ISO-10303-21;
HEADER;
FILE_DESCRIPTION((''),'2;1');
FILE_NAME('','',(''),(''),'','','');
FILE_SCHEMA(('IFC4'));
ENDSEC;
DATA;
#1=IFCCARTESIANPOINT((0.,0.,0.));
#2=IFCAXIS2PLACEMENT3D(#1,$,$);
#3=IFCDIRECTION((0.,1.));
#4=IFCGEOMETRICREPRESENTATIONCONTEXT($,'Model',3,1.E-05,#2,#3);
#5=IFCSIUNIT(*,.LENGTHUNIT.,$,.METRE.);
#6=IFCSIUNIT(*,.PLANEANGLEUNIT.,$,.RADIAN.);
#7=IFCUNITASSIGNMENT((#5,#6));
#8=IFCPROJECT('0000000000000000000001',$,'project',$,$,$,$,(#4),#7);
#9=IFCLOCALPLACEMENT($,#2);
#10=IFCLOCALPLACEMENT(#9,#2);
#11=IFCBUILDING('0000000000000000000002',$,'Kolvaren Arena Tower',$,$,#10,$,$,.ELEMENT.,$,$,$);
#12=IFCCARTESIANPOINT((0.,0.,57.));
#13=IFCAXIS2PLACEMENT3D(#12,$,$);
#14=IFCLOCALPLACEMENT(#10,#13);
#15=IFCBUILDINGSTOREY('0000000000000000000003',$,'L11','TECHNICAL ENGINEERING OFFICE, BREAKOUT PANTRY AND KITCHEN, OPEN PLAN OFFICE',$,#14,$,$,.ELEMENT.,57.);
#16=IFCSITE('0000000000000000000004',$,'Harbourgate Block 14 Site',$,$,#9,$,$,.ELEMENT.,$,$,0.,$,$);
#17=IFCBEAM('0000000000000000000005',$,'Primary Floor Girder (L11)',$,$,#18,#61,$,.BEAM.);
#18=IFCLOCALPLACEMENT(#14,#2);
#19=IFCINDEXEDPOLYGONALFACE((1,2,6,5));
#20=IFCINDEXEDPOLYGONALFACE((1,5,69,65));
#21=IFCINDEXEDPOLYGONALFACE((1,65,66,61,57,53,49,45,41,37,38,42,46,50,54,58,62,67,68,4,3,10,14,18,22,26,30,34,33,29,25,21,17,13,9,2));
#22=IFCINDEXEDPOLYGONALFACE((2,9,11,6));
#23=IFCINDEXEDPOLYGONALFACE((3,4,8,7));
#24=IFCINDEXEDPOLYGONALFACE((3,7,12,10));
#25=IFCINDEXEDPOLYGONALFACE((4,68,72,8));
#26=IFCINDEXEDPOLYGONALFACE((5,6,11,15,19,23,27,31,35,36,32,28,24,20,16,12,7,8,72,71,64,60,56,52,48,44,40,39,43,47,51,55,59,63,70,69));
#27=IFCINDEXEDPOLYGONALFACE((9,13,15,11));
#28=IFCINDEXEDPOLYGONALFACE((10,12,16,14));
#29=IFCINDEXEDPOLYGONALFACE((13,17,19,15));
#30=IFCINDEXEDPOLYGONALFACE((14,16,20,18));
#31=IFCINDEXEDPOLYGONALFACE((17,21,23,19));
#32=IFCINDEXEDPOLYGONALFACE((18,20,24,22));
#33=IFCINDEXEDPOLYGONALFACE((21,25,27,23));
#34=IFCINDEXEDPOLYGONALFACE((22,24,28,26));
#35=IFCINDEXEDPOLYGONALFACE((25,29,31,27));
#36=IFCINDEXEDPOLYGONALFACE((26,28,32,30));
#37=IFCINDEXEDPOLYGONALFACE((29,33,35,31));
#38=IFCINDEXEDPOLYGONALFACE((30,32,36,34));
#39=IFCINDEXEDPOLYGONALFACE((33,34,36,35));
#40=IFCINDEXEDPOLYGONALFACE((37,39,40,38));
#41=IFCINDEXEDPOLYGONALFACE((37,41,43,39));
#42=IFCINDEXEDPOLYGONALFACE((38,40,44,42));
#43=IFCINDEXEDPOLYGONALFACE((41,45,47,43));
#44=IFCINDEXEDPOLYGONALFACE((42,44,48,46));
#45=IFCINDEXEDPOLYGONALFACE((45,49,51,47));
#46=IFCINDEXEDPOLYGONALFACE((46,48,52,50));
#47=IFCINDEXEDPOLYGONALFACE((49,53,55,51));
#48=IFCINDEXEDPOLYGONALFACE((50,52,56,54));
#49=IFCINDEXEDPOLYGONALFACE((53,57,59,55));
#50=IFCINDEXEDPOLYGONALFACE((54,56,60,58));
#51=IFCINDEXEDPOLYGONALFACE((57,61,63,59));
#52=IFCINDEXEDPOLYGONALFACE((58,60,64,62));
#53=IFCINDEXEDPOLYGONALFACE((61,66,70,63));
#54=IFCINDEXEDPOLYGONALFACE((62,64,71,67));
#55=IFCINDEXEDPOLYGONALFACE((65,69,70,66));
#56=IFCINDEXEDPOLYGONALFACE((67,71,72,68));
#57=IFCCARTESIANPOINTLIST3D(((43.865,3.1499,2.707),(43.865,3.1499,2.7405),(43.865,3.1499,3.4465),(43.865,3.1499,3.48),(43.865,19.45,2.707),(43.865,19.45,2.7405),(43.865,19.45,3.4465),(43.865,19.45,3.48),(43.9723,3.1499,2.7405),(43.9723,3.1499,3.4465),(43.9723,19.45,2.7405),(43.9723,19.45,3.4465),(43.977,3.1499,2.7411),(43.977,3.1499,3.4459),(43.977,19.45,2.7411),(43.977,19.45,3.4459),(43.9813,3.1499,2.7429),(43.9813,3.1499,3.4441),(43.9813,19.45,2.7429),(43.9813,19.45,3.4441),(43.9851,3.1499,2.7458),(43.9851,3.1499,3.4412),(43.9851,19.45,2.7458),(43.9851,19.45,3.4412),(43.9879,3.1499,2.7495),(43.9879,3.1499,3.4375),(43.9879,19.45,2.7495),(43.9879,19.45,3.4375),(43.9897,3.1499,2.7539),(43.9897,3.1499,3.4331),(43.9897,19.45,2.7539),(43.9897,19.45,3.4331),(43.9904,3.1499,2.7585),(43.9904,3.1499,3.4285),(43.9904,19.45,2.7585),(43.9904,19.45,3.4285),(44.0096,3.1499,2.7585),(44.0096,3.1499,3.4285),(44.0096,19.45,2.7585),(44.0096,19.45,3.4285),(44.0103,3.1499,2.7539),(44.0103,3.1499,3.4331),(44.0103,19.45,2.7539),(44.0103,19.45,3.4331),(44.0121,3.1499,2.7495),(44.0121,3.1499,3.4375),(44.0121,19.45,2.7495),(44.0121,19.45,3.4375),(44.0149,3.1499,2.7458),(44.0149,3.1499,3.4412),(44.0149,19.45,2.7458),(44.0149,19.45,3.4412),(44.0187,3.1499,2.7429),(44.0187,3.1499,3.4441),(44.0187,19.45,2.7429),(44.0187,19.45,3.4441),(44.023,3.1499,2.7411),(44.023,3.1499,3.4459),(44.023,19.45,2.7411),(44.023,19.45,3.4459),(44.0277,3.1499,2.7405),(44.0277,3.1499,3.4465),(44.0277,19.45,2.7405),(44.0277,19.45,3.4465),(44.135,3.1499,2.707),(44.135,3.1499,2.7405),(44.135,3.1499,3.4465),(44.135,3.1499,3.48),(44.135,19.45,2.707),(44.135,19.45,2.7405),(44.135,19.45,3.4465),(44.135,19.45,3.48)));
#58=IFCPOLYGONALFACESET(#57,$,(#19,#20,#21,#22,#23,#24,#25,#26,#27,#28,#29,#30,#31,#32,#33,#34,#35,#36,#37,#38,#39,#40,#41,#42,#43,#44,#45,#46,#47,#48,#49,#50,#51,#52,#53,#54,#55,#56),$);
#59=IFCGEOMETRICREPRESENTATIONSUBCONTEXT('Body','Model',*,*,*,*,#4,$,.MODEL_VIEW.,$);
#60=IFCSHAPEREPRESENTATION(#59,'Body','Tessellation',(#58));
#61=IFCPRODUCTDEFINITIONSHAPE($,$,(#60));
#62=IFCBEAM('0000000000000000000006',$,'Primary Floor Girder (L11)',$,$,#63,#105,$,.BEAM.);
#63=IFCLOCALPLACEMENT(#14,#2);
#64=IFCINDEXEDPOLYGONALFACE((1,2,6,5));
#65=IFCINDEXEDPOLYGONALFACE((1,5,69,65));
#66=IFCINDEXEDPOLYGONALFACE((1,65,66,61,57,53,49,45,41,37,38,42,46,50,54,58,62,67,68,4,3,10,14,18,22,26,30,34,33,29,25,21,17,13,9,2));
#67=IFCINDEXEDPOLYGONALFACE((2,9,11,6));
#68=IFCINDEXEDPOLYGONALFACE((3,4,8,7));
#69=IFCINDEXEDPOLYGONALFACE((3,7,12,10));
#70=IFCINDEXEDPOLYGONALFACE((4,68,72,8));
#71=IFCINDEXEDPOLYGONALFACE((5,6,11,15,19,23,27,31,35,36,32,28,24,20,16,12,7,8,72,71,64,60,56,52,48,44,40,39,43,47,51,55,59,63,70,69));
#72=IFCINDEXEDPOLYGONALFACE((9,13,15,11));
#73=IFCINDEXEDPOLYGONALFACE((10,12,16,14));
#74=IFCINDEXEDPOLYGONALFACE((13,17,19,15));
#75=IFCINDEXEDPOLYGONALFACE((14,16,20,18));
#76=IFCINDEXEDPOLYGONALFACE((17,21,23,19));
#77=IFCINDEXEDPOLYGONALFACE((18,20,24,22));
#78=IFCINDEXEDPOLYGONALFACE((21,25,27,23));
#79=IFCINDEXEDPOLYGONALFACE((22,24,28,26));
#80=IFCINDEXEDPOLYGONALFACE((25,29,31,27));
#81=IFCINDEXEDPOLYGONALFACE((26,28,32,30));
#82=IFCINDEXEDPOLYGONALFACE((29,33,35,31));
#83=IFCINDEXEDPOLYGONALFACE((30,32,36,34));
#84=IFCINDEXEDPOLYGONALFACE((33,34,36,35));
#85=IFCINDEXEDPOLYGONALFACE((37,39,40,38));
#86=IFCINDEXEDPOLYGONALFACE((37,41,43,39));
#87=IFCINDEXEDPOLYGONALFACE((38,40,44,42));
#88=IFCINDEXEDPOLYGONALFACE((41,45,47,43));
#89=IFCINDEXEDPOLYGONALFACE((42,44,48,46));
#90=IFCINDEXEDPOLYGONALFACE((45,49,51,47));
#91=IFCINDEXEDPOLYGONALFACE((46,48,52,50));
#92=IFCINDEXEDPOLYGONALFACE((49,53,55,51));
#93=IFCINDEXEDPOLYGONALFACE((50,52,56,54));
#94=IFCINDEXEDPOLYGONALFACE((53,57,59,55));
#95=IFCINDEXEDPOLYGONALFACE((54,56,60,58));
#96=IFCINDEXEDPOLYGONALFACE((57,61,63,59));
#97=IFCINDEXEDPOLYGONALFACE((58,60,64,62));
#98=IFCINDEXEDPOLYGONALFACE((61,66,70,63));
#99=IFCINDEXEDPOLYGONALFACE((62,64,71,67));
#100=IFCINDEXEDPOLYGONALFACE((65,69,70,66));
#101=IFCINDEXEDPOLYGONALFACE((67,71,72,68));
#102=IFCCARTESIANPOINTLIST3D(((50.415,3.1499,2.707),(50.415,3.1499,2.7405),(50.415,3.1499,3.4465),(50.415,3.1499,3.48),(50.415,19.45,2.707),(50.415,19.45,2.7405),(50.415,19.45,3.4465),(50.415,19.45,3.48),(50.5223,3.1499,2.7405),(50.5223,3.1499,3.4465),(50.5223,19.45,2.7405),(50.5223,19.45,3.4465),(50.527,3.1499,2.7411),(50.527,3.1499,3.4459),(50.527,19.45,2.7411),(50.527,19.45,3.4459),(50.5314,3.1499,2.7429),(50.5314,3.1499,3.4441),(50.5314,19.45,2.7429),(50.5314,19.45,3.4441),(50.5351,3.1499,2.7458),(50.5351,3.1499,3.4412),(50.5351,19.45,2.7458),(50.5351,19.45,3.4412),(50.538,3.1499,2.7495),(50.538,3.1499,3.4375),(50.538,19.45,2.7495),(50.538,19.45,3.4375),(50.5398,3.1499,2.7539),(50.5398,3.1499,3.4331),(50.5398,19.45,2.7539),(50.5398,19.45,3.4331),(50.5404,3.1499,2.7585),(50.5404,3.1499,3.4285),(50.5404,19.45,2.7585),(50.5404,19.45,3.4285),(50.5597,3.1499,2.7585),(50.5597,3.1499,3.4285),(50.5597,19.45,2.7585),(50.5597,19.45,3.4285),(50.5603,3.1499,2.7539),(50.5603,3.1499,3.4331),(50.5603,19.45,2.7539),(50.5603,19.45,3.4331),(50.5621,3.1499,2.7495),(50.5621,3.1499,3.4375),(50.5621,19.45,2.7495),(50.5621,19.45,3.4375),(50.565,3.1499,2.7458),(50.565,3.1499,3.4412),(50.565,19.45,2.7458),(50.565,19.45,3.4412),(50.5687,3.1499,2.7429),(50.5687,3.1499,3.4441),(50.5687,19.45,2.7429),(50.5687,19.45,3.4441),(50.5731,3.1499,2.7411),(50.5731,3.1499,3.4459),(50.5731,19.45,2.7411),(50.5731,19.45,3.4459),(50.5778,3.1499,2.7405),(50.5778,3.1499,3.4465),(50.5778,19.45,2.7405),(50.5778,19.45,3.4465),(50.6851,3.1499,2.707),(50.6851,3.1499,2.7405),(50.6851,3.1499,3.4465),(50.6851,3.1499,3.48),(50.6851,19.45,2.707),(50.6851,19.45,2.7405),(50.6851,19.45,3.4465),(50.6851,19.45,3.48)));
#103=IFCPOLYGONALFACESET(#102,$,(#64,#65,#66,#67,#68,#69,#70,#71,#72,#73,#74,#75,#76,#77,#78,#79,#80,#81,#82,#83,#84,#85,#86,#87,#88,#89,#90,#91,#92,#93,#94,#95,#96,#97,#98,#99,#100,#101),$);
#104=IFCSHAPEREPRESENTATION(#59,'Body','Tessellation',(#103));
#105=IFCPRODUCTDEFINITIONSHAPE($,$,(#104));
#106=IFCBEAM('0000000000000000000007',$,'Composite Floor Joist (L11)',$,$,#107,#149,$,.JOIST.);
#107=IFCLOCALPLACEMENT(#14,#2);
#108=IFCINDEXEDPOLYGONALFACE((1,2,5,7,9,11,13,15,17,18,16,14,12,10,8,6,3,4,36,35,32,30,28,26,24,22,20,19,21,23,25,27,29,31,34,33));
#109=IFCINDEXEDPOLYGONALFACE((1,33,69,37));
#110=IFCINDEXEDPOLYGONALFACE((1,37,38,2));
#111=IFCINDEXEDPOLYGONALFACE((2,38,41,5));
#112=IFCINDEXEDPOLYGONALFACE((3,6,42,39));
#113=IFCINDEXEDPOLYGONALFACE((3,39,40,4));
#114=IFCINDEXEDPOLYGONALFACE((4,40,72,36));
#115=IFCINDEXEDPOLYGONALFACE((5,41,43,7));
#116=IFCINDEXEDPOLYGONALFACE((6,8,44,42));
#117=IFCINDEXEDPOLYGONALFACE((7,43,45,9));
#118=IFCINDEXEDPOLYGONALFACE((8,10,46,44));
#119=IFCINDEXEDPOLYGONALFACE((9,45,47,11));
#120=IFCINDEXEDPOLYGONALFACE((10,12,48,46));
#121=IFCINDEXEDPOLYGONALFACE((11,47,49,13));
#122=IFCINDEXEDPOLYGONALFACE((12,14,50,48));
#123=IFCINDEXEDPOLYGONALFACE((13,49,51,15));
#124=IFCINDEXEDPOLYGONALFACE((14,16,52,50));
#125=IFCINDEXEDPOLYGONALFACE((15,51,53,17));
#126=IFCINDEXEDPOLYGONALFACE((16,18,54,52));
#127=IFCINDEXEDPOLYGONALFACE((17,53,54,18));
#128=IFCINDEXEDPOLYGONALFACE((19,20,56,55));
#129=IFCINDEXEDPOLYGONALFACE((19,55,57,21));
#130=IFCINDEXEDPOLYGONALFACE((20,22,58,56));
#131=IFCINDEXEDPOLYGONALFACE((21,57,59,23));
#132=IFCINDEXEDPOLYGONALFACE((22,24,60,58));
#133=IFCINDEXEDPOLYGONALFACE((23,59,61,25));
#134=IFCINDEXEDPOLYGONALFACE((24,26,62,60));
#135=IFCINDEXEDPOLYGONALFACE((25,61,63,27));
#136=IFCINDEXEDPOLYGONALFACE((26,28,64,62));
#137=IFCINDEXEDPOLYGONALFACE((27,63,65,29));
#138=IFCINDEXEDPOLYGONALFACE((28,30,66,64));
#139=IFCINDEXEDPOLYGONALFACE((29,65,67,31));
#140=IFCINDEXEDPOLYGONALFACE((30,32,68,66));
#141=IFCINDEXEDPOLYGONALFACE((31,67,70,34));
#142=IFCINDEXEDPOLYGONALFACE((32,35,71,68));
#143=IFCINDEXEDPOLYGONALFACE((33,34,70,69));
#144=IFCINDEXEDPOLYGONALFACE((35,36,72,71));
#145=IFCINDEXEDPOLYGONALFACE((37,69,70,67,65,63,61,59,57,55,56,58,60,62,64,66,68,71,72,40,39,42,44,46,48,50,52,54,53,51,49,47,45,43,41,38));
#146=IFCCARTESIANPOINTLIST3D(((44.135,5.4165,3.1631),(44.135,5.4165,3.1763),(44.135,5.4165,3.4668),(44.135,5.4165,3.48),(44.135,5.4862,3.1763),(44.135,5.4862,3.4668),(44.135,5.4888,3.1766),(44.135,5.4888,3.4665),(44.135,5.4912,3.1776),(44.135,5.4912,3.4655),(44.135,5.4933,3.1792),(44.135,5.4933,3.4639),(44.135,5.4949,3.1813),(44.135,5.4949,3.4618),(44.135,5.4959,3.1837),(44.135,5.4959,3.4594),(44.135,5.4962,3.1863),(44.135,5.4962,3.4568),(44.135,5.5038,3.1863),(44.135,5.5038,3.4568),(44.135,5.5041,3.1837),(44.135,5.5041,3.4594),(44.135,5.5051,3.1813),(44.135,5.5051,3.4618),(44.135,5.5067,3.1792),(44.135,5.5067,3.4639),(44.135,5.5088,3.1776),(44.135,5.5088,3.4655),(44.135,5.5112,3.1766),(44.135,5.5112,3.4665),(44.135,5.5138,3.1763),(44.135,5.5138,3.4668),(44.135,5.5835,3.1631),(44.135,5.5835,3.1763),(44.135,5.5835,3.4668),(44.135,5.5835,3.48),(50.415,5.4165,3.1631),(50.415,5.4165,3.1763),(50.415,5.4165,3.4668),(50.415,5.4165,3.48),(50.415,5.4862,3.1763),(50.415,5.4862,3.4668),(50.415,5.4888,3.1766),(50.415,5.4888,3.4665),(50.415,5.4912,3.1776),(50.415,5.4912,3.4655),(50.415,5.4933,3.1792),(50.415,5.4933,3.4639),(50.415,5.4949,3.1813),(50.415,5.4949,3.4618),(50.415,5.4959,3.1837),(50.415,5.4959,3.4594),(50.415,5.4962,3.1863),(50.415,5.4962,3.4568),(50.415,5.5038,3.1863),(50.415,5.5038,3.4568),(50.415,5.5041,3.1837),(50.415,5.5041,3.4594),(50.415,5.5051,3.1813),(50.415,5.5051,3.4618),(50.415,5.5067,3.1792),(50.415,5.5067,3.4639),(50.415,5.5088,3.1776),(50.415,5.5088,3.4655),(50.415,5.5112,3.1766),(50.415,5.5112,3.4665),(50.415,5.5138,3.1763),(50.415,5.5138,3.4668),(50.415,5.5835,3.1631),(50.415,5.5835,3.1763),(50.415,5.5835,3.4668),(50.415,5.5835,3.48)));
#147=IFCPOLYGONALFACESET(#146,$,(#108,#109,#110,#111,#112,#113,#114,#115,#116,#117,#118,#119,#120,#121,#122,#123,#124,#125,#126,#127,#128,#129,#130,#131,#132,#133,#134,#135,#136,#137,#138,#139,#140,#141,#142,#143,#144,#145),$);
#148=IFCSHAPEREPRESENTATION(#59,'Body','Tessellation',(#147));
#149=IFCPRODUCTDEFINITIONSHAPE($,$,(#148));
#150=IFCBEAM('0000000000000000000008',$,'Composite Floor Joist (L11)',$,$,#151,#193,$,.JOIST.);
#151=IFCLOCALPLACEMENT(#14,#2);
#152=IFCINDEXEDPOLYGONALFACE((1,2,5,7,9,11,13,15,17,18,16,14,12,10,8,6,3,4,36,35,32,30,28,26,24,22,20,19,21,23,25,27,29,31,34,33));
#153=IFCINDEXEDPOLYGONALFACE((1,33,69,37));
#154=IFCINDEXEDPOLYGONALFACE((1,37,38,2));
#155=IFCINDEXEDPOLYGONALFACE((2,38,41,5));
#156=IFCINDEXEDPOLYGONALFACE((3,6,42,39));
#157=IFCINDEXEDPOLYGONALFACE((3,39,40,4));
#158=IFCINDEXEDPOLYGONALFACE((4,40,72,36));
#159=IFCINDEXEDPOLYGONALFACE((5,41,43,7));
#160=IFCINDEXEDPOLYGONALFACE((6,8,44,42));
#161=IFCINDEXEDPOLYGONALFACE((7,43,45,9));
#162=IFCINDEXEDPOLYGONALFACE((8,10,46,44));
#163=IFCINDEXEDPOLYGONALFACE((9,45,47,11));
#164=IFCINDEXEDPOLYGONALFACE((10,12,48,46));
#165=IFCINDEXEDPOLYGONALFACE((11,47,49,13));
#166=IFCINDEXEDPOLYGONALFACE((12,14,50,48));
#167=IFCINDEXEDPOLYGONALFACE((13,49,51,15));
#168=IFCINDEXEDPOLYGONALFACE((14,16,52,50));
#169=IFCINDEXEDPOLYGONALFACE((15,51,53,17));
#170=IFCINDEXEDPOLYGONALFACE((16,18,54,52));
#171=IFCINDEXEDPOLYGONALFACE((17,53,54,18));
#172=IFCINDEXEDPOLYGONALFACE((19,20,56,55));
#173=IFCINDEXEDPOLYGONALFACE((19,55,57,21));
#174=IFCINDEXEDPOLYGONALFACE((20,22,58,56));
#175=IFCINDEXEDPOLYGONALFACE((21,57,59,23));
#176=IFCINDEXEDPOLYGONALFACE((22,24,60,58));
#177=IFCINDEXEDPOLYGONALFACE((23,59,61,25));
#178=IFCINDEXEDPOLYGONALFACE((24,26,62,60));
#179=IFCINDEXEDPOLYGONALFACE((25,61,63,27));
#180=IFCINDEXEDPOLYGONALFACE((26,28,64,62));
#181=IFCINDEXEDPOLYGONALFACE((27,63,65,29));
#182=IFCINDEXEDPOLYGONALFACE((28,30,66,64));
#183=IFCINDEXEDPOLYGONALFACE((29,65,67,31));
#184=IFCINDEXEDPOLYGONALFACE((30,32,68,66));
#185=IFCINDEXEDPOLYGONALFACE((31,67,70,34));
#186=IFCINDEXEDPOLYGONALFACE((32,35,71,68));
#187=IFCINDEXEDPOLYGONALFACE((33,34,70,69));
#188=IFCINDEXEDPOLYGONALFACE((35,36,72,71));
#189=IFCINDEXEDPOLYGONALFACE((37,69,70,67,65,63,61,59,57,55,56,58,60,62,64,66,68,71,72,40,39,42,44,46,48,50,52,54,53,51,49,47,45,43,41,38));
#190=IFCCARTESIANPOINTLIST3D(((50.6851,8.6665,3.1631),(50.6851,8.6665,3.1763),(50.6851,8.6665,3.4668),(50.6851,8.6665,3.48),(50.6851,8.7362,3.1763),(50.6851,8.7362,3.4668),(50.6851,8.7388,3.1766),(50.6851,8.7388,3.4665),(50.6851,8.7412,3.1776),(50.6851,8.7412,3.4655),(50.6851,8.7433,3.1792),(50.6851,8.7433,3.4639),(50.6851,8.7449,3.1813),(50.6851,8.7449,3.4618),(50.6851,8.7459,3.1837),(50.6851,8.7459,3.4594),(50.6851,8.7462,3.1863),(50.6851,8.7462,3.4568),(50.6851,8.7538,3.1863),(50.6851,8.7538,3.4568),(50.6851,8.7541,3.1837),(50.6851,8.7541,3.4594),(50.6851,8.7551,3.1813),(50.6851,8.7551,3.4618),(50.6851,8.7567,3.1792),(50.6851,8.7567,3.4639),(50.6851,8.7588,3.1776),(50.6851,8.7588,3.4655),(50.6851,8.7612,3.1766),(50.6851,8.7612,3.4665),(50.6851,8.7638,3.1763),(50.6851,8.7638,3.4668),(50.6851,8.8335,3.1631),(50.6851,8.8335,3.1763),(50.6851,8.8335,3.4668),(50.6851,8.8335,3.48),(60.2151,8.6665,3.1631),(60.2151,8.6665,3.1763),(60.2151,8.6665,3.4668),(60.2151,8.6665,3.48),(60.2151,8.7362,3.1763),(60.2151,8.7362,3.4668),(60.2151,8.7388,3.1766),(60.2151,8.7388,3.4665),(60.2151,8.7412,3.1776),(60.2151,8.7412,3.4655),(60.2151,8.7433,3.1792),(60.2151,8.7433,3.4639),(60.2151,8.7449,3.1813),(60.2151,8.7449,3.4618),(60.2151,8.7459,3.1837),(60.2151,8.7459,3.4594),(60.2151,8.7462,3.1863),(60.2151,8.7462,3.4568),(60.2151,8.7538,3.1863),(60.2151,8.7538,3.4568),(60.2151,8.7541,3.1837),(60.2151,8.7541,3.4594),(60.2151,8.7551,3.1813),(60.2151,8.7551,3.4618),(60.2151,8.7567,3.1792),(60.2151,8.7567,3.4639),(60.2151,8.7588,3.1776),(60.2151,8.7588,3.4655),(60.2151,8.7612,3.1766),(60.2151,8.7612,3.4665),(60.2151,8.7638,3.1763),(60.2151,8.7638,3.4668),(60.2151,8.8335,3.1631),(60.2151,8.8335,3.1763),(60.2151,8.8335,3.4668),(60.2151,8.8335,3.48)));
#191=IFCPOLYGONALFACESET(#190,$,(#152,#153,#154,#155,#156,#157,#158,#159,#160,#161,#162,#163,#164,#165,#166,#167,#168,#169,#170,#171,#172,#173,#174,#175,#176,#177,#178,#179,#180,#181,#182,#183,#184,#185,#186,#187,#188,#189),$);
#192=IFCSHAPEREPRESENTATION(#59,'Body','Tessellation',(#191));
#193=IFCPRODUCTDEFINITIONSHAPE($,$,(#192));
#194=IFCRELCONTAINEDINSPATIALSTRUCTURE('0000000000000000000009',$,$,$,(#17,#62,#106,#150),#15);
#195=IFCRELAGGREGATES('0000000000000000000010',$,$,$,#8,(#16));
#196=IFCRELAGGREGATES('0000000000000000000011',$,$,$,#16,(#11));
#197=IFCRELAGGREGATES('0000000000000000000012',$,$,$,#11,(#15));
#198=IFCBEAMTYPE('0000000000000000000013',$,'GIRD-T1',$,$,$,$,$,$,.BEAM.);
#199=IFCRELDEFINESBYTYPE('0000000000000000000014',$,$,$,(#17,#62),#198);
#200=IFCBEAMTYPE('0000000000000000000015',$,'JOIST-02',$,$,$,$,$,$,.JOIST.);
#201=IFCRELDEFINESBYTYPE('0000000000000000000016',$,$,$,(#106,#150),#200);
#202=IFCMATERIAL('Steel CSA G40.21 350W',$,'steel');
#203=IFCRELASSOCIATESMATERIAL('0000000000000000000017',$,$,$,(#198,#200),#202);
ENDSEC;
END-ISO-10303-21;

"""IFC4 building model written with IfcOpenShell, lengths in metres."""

from ifc_helpers import new_model, si_unit, direction, frame, origin, origin_2d, place, context, subcontext, project, spatial, i_section, extrude, material, material_profile, profile_set, type_object, element, save


model = new_model("IFC4")

# Units and contexts
model_context = context("Model", 3, precision=1e-05, world=origin(), true_north=direction((0.0, 1.0)))
body_context = subcontext(model_context, "Body", "Model", "MODEL_VIEW")
ifc_project = project(units=[si_unit("LENGTHUNIT", "METRE"), si_unit("PLANEANGLEUNIT", "RADIAN")], contexts=[model_context])

# Site, building, storey
site_placement = place(None, origin())
site = spatial("IfcSite", under=ifc_project, at=site_placement, Name="Harbourgate Block 14 Site", CompositionType="ELEMENT", RefElevation=0.0)
building_placement = place(site_placement, origin())
building = spatial("IfcBuilding", under=site, at=building_placement, Name="Kolvaren Arena Tower", CompositionType="ELEMENT")
storey_placement = place(building_placement, frame((0.0, 0.0, 57.0)))
storey = spatial("IfcBuildingStorey", under=building, at=storey_placement, Name="L11", Description="TECHNICAL ENGINEERING OFFICE, BREAKOUT PANTRY AND KITCHEN, OPEN PLAN OFFICE", CompositionType="ELEMENT", Elevation=57.0)

# Beams
ifc_material_1 = material(Name="Steel CSA G40.21 350W", Category="steel")
ifc_material_profile_1 = material_profile(ifc_material_1, i_section(OverallWidth=0.27, OverallDepth=0.7729, WebThickness=0.0193, FlangeThickness=0.0334, FilletRadius=0.0181, at=origin_2d()), Name="W760x257")
ifc_profile_set_1 = profile_set([ifc_material_profile_1], Name="Steel CSA G40.21 350W")
beam_type_1 = type_object("IfcBeamType", Name="GIRD-T1", PredefinedType="BEAM", material=ifc_profile_set_1)
for number, where, z_axis, x_axis, name in (
    (1, (44.0, 3.1499, 3.0935), (0.0, 1.0, 0.0), (-1.0, 0.0, 0.0), "Primary Floor Girder (L11)"),
    (2, (50.55, 3.1499, 3.0935), (0.0, 1.0, 0.0), (-1.0, 0.0, 0.0), "Primary Floor Girder (L11)"),
):
    element("IfcBeam", number, at=place(storey_placement, frame(where, z_axis=z_axis, x_axis=x_axis)), inside=storey, type_object=beam_type_1, Name=name, PredefinedType="BEAM", context=body_context, shape_type="SweptSolid", body=[
        extrude(i_section(OverallWidth=0.27, OverallDepth=0.7729, WebThickness=0.0193, FlangeThickness=0.0334, FilletRadius=0.0181, at=origin_2d()), origin(), (0.0, 0.0, 1.0), 16.3),
    ])
ifc_material_profile_2 = material_profile(ifc_material_1, i_section(OverallWidth=0.167, OverallDepth=0.3169, WebThickness=0.0076, FlangeThickness=0.0132, FilletRadius=0.01, at=origin_2d()), Name="W310x52")
ifc_profile_set_2 = profile_set([ifc_material_profile_2], Name="Steel CSA G40.21 350W")
beam_type_2 = type_object("IfcBeamType", Name="JOIST-02", PredefinedType="JOIST", material=ifc_profile_set_2)
beam_1_placement = place(storey_placement, frame((44.135, 5.5, 3.3215), z_axis=(1.0, 0.0, 0.0), x_axis=(0.0, 1.0, 0.0)))
element("IfcBeam", 3, at=beam_1_placement, inside=storey, type_object=beam_type_2, Name="Composite Floor Joist (L11)", PredefinedType="JOIST", context=body_context, shape_type="SweptSolid", body=[
    extrude(i_section(OverallWidth=0.167, OverallDepth=0.3169, WebThickness=0.0076, FlangeThickness=0.0132, FilletRadius=0.01, at=origin_2d()), origin(), (0.0, 0.0, 1.0), 6.28),
])
beam_2_placement = place(storey_placement, frame((50.6851, 8.75, 3.3215), z_axis=(1.0, 0.0, 0.0), x_axis=(0.0, 1.0, 0.0)))
element("IfcBeam", 4, at=beam_2_placement, inside=storey, type_object=beam_type_2, Name="Composite Floor Joist (L11)", PredefinedType="JOIST", context=body_context, shape_type="SweptSolid", body=[
    extrude(i_section(OverallWidth=0.167, OverallDepth=0.3169, WebThickness=0.0076, FlangeThickness=0.0132, FilletRadius=0.01, at=origin_2d()), origin(), (0.0, 0.0, 1.0), 9.53),
])

save(model, "model.ifc")
